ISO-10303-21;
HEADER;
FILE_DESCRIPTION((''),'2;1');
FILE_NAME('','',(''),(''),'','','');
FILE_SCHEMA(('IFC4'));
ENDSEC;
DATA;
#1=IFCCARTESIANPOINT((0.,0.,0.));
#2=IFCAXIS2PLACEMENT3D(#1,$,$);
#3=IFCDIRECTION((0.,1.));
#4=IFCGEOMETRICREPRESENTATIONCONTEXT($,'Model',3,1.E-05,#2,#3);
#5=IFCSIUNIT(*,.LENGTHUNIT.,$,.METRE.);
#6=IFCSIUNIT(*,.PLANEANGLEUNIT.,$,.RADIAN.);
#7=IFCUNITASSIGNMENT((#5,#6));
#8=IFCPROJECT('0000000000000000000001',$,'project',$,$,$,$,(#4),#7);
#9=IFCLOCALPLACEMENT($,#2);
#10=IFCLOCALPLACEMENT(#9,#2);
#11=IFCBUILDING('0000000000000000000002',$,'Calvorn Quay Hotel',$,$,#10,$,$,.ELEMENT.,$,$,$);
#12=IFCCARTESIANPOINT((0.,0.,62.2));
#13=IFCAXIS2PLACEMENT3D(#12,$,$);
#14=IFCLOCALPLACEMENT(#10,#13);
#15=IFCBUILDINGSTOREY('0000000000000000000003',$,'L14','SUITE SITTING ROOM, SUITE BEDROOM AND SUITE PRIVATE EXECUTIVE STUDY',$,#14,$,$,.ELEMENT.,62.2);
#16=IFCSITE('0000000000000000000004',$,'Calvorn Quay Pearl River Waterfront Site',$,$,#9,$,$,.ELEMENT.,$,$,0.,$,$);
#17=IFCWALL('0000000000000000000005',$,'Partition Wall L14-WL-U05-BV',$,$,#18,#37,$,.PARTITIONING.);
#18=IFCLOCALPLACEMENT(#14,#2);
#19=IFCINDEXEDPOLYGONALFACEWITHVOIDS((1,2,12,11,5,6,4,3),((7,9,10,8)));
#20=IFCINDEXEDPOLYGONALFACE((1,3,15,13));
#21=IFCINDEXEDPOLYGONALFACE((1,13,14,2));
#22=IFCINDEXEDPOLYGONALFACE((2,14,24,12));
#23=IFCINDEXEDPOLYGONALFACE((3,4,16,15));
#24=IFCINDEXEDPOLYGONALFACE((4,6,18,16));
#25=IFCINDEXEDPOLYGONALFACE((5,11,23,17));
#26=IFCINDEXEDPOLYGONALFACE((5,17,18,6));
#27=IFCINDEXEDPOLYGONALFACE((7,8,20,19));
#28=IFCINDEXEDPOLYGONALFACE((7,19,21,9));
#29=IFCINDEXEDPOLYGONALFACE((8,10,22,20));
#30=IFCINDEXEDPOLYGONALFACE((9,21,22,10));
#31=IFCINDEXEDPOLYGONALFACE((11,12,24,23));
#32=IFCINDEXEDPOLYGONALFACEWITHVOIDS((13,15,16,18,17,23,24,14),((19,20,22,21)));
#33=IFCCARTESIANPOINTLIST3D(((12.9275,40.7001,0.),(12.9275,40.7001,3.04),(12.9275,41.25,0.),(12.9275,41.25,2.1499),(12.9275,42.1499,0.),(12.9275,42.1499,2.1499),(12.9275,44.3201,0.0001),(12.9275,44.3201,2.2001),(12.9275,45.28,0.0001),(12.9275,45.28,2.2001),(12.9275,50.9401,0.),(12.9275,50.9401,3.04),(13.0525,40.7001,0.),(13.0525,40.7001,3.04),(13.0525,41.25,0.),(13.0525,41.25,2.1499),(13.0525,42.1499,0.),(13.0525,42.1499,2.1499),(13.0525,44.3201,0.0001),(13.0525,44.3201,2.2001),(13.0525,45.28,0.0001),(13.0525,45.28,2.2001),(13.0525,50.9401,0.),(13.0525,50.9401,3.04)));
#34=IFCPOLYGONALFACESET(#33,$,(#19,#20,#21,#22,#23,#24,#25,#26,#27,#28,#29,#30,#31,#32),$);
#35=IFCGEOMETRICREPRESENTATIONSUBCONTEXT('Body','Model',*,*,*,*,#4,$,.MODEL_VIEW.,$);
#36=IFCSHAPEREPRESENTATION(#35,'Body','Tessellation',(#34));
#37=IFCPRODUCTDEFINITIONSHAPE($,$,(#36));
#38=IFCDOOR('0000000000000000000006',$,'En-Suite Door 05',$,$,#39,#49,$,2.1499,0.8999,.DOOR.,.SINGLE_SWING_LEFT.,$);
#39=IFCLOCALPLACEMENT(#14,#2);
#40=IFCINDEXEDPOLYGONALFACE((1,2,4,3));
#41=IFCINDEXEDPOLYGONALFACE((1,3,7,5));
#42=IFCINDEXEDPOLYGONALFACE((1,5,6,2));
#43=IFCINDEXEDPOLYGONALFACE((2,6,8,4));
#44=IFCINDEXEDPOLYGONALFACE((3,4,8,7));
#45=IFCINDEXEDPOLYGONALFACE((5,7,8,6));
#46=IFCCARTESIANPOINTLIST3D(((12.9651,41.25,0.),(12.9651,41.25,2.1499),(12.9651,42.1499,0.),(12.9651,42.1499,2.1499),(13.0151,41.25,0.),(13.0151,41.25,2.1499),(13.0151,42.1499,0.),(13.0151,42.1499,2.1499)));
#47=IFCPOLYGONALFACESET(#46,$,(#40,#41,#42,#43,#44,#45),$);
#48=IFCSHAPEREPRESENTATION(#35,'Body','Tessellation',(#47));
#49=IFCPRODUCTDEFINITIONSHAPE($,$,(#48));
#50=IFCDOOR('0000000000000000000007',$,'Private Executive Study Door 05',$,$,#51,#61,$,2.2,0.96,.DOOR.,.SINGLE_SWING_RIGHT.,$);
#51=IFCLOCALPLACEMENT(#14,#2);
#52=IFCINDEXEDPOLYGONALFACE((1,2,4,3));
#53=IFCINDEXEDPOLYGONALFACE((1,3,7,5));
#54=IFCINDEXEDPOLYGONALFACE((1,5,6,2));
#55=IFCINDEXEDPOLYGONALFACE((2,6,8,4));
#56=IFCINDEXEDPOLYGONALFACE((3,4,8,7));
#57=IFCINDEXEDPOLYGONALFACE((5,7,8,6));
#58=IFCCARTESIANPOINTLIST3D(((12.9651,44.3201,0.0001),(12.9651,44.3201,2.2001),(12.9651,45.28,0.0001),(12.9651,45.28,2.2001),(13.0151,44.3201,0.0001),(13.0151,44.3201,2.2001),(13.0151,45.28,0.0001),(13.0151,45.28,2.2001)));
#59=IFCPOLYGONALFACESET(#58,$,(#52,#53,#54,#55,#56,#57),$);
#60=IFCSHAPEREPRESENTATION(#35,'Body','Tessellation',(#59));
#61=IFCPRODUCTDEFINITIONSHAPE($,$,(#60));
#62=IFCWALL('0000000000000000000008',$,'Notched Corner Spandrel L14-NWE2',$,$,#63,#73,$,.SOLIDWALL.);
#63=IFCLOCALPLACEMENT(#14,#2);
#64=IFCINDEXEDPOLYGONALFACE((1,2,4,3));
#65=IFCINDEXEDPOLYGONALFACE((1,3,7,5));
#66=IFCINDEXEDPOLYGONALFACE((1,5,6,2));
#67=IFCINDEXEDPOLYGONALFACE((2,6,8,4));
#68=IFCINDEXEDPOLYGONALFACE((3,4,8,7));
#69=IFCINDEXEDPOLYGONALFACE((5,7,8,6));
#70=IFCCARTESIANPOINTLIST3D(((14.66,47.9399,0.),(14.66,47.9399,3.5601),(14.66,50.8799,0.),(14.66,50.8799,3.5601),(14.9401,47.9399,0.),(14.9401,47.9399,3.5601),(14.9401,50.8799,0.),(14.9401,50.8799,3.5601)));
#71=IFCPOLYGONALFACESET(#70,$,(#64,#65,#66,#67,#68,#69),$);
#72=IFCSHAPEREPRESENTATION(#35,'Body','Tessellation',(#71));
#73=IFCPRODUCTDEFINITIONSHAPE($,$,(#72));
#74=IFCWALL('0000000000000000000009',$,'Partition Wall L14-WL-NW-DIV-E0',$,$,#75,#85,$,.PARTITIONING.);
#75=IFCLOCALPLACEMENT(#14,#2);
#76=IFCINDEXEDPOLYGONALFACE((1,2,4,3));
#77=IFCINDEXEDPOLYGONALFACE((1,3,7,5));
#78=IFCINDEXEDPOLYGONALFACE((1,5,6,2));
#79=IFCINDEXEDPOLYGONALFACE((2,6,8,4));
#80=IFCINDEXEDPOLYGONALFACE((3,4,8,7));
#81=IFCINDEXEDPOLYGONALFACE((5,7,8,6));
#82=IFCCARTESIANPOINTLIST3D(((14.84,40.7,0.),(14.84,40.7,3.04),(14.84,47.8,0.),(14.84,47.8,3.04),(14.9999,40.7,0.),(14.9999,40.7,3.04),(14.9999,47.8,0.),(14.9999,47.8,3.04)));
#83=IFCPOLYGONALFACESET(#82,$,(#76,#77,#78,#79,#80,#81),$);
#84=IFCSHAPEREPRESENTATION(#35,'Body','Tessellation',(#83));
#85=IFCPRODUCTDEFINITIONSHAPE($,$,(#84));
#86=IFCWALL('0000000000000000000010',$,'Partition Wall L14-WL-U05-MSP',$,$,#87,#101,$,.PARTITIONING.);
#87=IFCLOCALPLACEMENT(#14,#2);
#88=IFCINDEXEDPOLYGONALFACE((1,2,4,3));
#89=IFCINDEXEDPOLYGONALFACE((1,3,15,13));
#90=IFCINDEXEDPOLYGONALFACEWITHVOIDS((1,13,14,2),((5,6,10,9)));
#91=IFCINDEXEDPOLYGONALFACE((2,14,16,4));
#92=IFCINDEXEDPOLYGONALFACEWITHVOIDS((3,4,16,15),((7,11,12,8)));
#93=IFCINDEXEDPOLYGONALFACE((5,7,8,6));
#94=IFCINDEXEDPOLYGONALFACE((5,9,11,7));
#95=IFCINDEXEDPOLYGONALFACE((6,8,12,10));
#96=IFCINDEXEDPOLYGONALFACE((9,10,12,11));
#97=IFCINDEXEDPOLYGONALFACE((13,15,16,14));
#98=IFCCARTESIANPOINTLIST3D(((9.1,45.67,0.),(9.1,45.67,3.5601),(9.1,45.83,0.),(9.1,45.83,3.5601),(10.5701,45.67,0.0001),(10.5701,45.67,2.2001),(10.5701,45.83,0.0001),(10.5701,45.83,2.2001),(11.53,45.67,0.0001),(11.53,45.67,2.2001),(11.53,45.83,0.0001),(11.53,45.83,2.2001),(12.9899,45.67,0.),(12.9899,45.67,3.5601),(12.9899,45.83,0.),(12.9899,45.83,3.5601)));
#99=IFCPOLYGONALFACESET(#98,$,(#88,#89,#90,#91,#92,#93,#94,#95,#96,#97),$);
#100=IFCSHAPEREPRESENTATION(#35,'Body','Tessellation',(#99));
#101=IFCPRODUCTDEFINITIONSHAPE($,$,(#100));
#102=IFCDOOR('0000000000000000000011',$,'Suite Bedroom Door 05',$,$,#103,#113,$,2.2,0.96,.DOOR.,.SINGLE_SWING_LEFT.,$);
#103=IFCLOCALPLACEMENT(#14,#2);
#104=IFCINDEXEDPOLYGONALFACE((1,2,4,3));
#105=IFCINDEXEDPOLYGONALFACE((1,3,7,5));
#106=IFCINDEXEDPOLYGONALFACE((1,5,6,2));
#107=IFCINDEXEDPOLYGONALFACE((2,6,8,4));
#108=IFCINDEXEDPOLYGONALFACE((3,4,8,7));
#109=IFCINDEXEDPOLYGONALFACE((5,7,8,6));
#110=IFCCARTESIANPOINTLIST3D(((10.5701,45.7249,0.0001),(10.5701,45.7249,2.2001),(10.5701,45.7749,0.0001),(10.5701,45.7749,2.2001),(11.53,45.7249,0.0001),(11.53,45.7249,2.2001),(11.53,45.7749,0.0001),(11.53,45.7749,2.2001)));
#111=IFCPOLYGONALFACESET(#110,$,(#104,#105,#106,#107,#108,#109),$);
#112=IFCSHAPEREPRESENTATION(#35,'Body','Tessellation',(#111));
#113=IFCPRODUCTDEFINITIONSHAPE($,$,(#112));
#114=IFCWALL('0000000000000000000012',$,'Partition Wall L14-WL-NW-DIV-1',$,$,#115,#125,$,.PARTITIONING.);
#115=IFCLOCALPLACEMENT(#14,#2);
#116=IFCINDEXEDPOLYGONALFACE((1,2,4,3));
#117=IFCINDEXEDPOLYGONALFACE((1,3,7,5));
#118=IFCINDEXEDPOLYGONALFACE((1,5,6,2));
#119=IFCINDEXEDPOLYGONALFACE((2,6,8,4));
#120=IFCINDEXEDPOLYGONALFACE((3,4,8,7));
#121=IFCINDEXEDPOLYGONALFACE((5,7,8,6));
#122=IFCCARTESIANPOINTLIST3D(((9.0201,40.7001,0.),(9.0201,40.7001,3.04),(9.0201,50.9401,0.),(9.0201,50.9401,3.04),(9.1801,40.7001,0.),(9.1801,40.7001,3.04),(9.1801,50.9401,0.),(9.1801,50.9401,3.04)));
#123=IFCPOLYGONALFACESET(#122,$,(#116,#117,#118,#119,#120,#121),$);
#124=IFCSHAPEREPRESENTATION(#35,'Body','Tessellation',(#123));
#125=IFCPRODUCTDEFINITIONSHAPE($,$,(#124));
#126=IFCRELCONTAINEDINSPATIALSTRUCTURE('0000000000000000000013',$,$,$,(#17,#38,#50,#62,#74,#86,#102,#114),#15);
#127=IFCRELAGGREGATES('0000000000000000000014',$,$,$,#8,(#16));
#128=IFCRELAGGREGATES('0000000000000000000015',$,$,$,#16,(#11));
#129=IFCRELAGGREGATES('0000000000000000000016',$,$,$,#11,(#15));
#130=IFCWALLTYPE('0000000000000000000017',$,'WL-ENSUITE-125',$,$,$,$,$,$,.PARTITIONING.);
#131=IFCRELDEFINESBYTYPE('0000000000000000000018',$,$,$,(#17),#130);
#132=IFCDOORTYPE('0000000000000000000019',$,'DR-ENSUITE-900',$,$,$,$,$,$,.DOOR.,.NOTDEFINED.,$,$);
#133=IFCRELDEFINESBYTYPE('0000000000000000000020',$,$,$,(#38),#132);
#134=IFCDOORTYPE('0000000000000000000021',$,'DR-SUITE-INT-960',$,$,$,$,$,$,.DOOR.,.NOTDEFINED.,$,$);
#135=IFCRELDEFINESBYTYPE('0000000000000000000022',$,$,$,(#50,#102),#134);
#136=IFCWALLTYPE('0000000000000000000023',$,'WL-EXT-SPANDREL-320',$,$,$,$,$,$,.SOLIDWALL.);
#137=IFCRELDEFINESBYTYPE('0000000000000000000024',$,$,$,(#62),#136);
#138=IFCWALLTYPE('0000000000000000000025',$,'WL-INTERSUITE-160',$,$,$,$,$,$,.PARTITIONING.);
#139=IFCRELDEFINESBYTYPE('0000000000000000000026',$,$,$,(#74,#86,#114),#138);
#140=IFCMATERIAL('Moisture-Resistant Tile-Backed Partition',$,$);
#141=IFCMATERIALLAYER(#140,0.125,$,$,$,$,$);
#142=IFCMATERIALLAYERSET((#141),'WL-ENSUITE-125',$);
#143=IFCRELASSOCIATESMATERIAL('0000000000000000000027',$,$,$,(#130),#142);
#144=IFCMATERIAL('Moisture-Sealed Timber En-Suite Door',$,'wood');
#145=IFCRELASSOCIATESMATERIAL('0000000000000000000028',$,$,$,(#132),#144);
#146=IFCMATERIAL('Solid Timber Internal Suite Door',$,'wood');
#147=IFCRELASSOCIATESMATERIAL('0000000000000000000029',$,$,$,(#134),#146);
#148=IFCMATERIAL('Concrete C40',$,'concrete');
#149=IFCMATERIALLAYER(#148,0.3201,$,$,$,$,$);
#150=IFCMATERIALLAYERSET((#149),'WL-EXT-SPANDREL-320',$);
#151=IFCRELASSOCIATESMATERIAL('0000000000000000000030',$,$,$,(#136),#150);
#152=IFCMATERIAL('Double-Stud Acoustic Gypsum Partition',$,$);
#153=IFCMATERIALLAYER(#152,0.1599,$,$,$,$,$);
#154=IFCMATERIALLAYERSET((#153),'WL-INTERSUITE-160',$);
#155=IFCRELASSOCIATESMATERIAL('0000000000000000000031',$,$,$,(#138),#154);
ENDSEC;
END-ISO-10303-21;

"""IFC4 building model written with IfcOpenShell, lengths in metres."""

from ifc_helpers import new_model, si_unit, direction, frame, frame_2d, origin, place, context, subcontext, project, spatial, rectangle, extrude, material, layer, layer_set, type_object, element, fill, save


model = new_model("IFC4")

# Units and contexts
model_context = context("Model", 3, precision=1e-05, world=origin(), true_north=direction((0.0, 1.0)))
body_context = subcontext(model_context, "Body", "Model", "MODEL_VIEW")
ifc_project = project(units=[si_unit("LENGTHUNIT", "METRE"), si_unit("PLANEANGLEUNIT", "RADIAN")], contexts=[model_context])

# Site, building, storey
site_placement = place(None, origin())
site = spatial("IfcSite", under=ifc_project, at=site_placement, Name="Calvorn Quay Pearl River Waterfront Site", CompositionType="ELEMENT", RefElevation=0.0)
building_placement = place(site_placement, origin())
building = spatial("IfcBuilding", under=site, at=building_placement, Name="Calvorn Quay Hotel", CompositionType="ELEMENT")
storey_placement = place(building_placement, frame((0.0, 0.0, 62.2)))
storey = spatial("IfcBuildingStorey", under=building, at=storey_placement, Name="L14", Description="SUITE SITTING ROOM, SUITE BEDROOM AND SUITE PRIVATE EXECUTIVE STUDY", CompositionType="ELEMENT", Elevation=62.2)

# Shared definitions
ifc_material_1 = material(Name="Moisture-Resistant Tile-Backed Partition")
ifc_layer_1 = layer(ifc_material_1, 0.125)
ifc_layer_set_1 = layer_set([ifc_layer_1], Name="WL-ENSUITE-125")
wall_type_1 = type_object("IfcWallType", Name="WL-ENSUITE-125", PredefinedType="PARTITIONING", material=ifc_layer_set_1)

# Shared definitions
ifc_material_2 = material(Name="Moisture-Sealed Timber En-Suite Door", Category="wood")
door_type_1 = type_object("IfcDoorType", Name="DR-ENSUITE-900", OperationType="NOTDEFINED", PredefinedType="DOOR", material=ifc_material_2)
ifc_material_3 = material(Name="Solid Timber Internal Suite Door", Category="wood")
door_type_2 = type_object("IfcDoorType", Name="DR-SUITE-INT-960", OperationType="NOTDEFINED", PredefinedType="DOOR", material=ifc_material_3)

# Wall, openings, doors
wall_1_placement = place(storey_placement, frame((12.99, 40.7, 0.0), z_axis=(0.0, 0.0, 1.0), x_axis=(0.0, 1.0, 0.0)))
wall_1 = element("IfcWall", 1, at=wall_1_placement, inside=storey, type_object=wall_type_1, Name="Partition Wall L14-WL-U05-BV", PredefinedType="PARTITIONING", context=body_context, shape_type="SweptSolid", body=[
    extrude(rectangle(XDim=10.24, YDim=0.125, at=frame_2d((5.1201, 0.0))), origin(), (0.0, 0.0, 1.0), 3.04),
])
opening_1_placement = place(wall_1_placement, frame((0.55, 0.0, 0.0)))
opening_1 = element("IfcOpeningElement", 2, at=opening_1_placement, cuts=wall_1, PredefinedType="OPENING", context=body_context, shape_type="SweptSolid", body=[
    extrude(rectangle(XDim=0.8999, YDim=2.1499, at=frame_2d((0.45, 1.075))), frame((0.0, 0.0725, 0.0), z_axis=(0.0, -1.0, 0.0), x_axis=(1.0, 0.0, 0.0)), (0.0, 0.0, 1.0), 0.145),
])
opening_2_placement = place(wall_1_placement, frame((3.6201, 0.0, 0.0)))
opening_2 = element("IfcOpeningElement", 3, at=opening_2_placement, cuts=wall_1, PredefinedType="OPENING", context=body_context, shape_type="SweptSolid", body=[
    extrude(rectangle(XDim=0.96, YDim=2.2, at=frame_2d((0.48, 1.1001))), frame((0.0, 0.0725, 0.0), z_axis=(0.0, -1.0, 0.0), x_axis=(1.0, 0.0, 0.0)), (0.0, 0.0, 1.0), 0.145),
])
door_1_placement = place(opening_1_placement, origin())
door_1 = element("IfcDoor", 4, at=door_1_placement, inside=storey, type_object=door_type_1, Name="En-Suite Door 05", OperationType="SINGLE_SWING_LEFT", OverallHeight=2.1499, OverallWidth=0.8999, PredefinedType="DOOR", context=body_context, shape_type="SweptSolid", body=[
    extrude(rectangle(XDim=0.8999, YDim=2.1499, at=frame_2d((0.45, 1.075))), frame((0.0, 0.0249, 0.0), z_axis=(0.0, -1.0, 0.0), x_axis=(1.0, 0.0, 0.0)), (0.0, 0.0, 1.0), 0.05),
])
fill(opening_1, door_1)
door_2_placement = place(opening_2_placement, origin())
door_2 = element("IfcDoor", 5, at=door_2_placement, inside=storey, type_object=door_type_2, Name="Private Executive Study Door 05", OperationType="SINGLE_SWING_RIGHT", OverallHeight=2.2, OverallWidth=0.96, PredefinedType="DOOR", context=body_context, shape_type="SweptSolid", body=[
    extrude(rectangle(XDim=0.96, YDim=2.2, at=frame_2d((0.48, 1.1001))), frame((0.0, 0.0249, 0.0), z_axis=(0.0, -1.0, 0.0), x_axis=(1.0, 0.0, 0.0)), (0.0, 0.0, 1.0), 0.05),
])
fill(opening_2, door_2)

# Walls
ifc_material_4 = material(Name="Concrete C40", Category="concrete")
ifc_layer_2 = layer(ifc_material_4, 0.3201)
ifc_layer_set_2 = layer_set([ifc_layer_2], Name="WL-EXT-SPANDREL-320")
wall_type_2 = type_object("IfcWallType", Name="WL-EXT-SPANDREL-320", PredefinedType="SOLIDWALL", material=ifc_layer_set_2)
wall_2_placement = place(storey_placement, frame((14.8, 47.9399, 0.0), z_axis=(0.0, 0.0, 1.0), x_axis=(0.0, 1.0, 0.0)))
element("IfcWall", 6, at=wall_2_placement, inside=storey, type_object=wall_type_2, Name="Notched Corner Spandrel L14-NWE2", PredefinedType="SOLIDWALL", context=body_context, shape_type="SweptSolid", body=[
    extrude(rectangle(XDim=2.9399, YDim=0.28, at=frame_2d((1.47, 0.0))), origin(), (0.0, 0.0, 1.0), 3.5601),
])
ifc_material_5 = material(Name="Double-Stud Acoustic Gypsum Partition")
ifc_layer_3 = layer(ifc_material_5, 0.1599)
ifc_layer_set_3 = layer_set([ifc_layer_3], Name="WL-INTERSUITE-160")
wall_type_3 = type_object("IfcWallType", Name="WL-INTERSUITE-160", PredefinedType="PARTITIONING", material=ifc_layer_set_3)
wall_3_placement = place(storey_placement, frame((14.9199, 40.7, 0.0), z_axis=(0.0, 0.0, 1.0), x_axis=(0.0, 1.0, 0.0)))
element("IfcWall", 7, at=wall_3_placement, inside=storey, type_object=wall_type_3, Name="Partition Wall L14-WL-NW-DIV-E0", PredefinedType="PARTITIONING", context=body_context, shape_type="SweptSolid", body=[
    extrude(rectangle(XDim=7.1001, YDim=0.1599, at=frame_2d((3.55, 0.0))), origin(), (0.0, 0.0, 1.0), 3.04),
])

# Wall, opening, door
wall_4_placement = place(storey_placement, frame((9.1001, 45.75, 0.0), z_axis=(0.0, 0.0, 1.0), x_axis=(1.0, 0.0, 0.0)))
wall_4 = element("IfcWall", 8, at=wall_4_placement, inside=storey, type_object=wall_type_3, Name="Partition Wall L14-WL-U05-MSP", PredefinedType="PARTITIONING", context=body_context, shape_type="SweptSolid", body=[
    extrude(rectangle(XDim=3.8899, YDim=0.1599, at=frame_2d((1.9448, 0.0))), origin(), (0.0, 0.0, 1.0), 3.5601),
])
opening_3_placement = place(wall_4_placement, frame((1.47, 0.0, 0.0)))
opening_3 = element("IfcOpeningElement", 9, at=opening_3_placement, cuts=wall_4, PredefinedType="OPENING", context=body_context, shape_type="SweptSolid", body=[
    extrude(rectangle(XDim=0.96, YDim=2.2, at=frame_2d((0.48, 1.1001))), frame((0.0, 0.0898, 0.0), z_axis=(0.0, -1.0, 0.0), x_axis=(1.0, 0.0, 0.0)), (0.0, 0.0, 1.0), 0.1799),
])
door_3_placement = place(opening_3_placement, origin())
door_3 = element("IfcDoor", 10, at=door_3_placement, inside=storey, type_object=door_type_2, Name="Suite Bedroom Door 05", OperationType="SINGLE_SWING_LEFT", OverallHeight=2.2, OverallWidth=0.96, PredefinedType="DOOR", context=body_context, shape_type="SweptSolid", body=[
    extrude(rectangle(XDim=0.96, YDim=2.2, at=frame_2d((0.48, 1.1001))), frame((0.0, 0.0249, 0.0), z_axis=(0.0, -1.0, 0.0), x_axis=(1.0, 0.0, 0.0)), (0.0, 0.0, 1.0), 0.05),
])
fill(opening_3, door_3)

# Wall
wall_5_placement = place(storey_placement, frame((9.1001, 40.7, 0.0), z_axis=(0.0, 0.0, 1.0), x_axis=(0.0, 1.0, 0.0)))
element("IfcWall", 11, at=wall_5_placement, inside=storey, type_object=wall_type_3, Name="Partition Wall L14-WL-NW-DIV-1", PredefinedType="PARTITIONING", context=body_context, shape_type="SweptSolid", body=[
    extrude(rectangle(XDim=10.24, YDim=0.1599, at=frame_2d((5.1201, 0.0))), origin(), (0.0, 0.0, 1.0), 3.04),
])

save(model, "model.ifc")
